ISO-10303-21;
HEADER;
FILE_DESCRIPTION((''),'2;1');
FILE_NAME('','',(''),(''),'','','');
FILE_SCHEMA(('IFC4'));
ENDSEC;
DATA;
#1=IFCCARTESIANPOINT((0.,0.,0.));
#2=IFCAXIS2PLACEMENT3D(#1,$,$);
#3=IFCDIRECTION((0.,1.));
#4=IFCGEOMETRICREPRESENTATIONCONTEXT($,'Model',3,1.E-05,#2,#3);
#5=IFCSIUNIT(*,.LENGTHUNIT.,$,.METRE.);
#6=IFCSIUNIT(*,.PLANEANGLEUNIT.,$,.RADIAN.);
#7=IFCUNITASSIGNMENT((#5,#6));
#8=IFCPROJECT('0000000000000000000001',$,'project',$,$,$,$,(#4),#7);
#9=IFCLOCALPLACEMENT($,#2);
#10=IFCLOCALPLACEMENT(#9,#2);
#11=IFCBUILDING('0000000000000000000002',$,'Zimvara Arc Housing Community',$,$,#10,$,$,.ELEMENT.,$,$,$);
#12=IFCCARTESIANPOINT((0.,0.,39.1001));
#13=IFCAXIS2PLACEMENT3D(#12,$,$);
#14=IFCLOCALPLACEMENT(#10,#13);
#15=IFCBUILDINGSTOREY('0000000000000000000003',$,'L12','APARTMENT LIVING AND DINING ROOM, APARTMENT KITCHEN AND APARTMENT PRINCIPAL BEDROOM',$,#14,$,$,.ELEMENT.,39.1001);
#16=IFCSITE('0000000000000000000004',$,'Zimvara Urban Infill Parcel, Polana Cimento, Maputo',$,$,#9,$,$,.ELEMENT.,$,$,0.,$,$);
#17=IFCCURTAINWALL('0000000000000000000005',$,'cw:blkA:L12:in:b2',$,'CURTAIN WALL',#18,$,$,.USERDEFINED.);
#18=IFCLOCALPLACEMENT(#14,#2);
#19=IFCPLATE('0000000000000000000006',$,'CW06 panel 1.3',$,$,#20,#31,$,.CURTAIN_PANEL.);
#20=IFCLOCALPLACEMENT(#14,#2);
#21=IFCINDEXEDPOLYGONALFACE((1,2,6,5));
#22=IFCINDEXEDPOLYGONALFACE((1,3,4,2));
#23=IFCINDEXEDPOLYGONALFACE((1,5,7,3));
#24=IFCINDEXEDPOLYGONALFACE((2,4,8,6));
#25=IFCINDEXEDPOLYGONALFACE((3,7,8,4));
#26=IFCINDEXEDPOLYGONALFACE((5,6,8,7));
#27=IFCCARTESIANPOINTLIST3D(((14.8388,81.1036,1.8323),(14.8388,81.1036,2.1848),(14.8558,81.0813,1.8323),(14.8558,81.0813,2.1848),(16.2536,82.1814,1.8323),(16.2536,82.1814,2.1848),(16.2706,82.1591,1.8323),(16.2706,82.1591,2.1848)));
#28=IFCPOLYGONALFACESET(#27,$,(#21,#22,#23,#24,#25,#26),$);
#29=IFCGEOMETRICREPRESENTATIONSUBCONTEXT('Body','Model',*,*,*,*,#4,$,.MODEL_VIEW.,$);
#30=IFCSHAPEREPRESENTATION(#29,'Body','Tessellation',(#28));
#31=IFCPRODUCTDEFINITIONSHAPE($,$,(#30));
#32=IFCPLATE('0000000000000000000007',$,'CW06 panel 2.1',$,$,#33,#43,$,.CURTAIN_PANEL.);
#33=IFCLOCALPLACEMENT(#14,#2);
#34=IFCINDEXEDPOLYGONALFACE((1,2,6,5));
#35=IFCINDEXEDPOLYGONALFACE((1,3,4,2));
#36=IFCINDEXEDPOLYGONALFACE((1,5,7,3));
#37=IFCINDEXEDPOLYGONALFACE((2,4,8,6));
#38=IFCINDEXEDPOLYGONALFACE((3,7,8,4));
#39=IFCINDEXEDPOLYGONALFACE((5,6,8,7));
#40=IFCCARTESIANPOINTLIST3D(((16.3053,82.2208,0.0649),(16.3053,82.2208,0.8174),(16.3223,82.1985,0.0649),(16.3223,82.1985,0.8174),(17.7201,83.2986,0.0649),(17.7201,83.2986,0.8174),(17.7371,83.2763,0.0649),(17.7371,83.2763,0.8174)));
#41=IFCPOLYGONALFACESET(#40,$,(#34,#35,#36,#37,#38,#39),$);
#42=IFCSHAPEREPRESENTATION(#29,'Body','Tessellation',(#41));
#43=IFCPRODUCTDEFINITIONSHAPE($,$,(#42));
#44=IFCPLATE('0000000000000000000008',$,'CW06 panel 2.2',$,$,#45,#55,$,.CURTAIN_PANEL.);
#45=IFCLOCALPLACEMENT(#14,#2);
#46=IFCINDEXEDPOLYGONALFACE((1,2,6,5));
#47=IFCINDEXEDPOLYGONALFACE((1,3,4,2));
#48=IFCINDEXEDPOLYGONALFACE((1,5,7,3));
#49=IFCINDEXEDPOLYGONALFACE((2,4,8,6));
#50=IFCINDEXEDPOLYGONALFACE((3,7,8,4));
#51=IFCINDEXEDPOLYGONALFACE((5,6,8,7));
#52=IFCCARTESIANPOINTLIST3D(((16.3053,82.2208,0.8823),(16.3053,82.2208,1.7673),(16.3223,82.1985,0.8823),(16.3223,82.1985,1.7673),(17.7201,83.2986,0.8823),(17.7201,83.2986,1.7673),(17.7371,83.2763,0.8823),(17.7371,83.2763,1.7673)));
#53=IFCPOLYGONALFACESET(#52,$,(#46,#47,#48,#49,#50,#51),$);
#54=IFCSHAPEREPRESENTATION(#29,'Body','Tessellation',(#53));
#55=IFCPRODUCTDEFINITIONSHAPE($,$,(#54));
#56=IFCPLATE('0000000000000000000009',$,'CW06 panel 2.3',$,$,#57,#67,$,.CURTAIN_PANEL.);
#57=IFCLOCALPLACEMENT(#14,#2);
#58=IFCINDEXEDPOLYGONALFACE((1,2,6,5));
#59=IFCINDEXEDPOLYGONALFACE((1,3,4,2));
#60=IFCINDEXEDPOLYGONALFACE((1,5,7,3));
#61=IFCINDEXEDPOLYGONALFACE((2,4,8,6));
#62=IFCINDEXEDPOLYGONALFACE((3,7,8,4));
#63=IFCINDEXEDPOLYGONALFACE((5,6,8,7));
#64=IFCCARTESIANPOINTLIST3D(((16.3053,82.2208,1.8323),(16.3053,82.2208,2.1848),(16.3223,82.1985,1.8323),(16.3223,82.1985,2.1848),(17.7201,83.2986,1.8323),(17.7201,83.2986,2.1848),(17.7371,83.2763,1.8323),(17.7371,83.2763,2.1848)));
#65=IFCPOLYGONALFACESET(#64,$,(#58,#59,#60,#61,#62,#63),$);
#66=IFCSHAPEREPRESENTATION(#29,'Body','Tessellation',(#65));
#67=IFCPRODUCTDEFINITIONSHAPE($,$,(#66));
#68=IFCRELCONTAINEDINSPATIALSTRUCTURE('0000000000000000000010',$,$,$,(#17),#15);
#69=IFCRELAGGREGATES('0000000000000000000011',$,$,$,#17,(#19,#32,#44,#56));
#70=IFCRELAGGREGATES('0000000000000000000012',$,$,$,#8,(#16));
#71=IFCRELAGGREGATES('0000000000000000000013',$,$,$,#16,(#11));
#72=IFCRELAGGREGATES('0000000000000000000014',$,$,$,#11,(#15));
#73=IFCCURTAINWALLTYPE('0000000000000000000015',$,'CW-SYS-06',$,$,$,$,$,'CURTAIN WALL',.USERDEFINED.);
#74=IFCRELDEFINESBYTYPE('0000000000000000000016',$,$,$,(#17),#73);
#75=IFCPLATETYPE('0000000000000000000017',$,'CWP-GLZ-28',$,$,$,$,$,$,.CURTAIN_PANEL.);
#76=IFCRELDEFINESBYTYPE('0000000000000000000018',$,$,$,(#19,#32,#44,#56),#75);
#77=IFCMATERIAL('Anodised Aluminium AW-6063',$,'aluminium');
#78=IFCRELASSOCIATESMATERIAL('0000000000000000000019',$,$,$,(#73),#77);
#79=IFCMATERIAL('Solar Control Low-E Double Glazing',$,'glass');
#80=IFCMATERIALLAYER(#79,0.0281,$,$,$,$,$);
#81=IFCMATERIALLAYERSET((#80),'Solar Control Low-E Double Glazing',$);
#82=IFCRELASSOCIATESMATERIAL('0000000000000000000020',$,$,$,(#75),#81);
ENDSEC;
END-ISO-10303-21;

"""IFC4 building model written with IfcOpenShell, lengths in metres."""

from ifc_helpers import new_model, si_unit, direction, frame, origin, origin_2d, place, context, subcontext, project, spatial, rectangle, extrude, material, layer, layer_set, type_object, element, aggregate, save


model = new_model("IFC4")

# Units and contexts
model_context = context("Model", 3, precision=1e-05, world=origin(), true_north=direction((0.0, 1.0)))
body_context = subcontext(model_context, "Body", "Model", "MODEL_VIEW")
ifc_project = project(units=[si_unit("LENGTHUNIT", "METRE"), si_unit("PLANEANGLEUNIT", "RADIAN")], contexts=[model_context])

# Site, building, storey
site_placement = place(None, origin())
site = spatial("IfcSite", under=ifc_project, at=site_placement, Name="Zimvara Urban Infill Parcel, Polana Cimento, Maputo", CompositionType="ELEMENT", RefElevation=0.0)
building_placement = place(site_placement, origin())
building = spatial("IfcBuilding", under=site, at=building_placement, Name="Zimvara Arc Housing Community", CompositionType="ELEMENT")
storey_placement = place(building_placement, frame((0.0, 0.0, 39.1001)))
storey = spatial("IfcBuildingStorey", under=building, at=storey_placement, Name="L12", Description="APARTMENT LIVING AND DINING ROOM, APARTMENT KITCHEN AND APARTMENT PRINCIPAL BEDROOM", CompositionType="ELEMENT", Elevation=39.1001)

# Curtain wall, plates
ifc_material_1 = material(Name="Anodised Aluminium AW-6063", Category="aluminium")
curtain_wall_type = type_object("IfcCurtainWallType", Name="CW-SYS-06", ElementType="CURTAIN WALL", PredefinedType="USERDEFINED", material=ifc_material_1)
curtain_wall_placement = place(storey_placement, origin())
curtain_wall = element("IfcCurtainWall", 1, at=curtain_wall_placement, inside=storey, type_object=curtain_wall_type, Name="cw:blkA:L12:in:b2", ObjectType="CURTAIN WALL", PredefinedType="USERDEFINED")
ifc_material_2 = material(Name="Solar Control Low-E Double Glazing", Category="glass")
ifc_layer = layer(ifc_material_2, 0.0281)
ifc_layer_set = layer_set([ifc_layer], Name="Solar Control Low-E Double Glazing")
plate_type = type_object("IfcPlateType", Name="CWP-GLZ-28", PredefinedType="CURTAIN_PANEL", material=ifc_layer_set)
plate_1_placement = place(storey_placement, frame((15.5547, 81.6313, 1.8323), z_axis=(0.0, 0.0, 1.0), x_axis=(0.795474, 0.605988, 0.0)))
plate_1 = element("IfcPlate", 2, at=plate_1_placement, type_object=plate_type, Name="CW06 panel 1.3", PredefinedType="CURTAIN_PANEL", context=body_context, shape_type="SweptSolid", body=[
    extrude(rectangle(XDim=1.7786, YDim=0.0281, at=origin_2d()), origin(), (0.0, 0.0, 1.0), 0.3525),
])
plate_2_placement = place(storey_placement, frame((17.0212, 82.7485, 0.0649), z_axis=(0.0, 0.0, 1.0), x_axis=(0.795474, 0.605988, 0.0)))
plate_2 = element("IfcPlate", 3, at=plate_2_placement, type_object=plate_type, Name="CW06 panel 2.1", PredefinedType="CURTAIN_PANEL", context=body_context, shape_type="SweptSolid", body=[
    extrude(rectangle(XDim=1.7786, YDim=0.0281, at=origin_2d()), origin(), (0.0, 0.0, 1.0), 0.7524),
])
plate_3_placement = place(storey_placement, frame((17.0212, 82.7485, 0.8823), z_axis=(0.0, 0.0, 1.0), x_axis=(0.795474, 0.605988, 0.0)))
plate_3 = element("IfcPlate", 4, at=plate_3_placement, type_object=plate_type, Name="CW06 panel 2.2", PredefinedType="CURTAIN_PANEL", context=body_context, shape_type="SweptSolid", body=[
    extrude(rectangle(XDim=1.7786, YDim=0.0281, at=origin_2d()), origin(), (0.0, 0.0, 1.0), 0.885),
])
plate_4_placement = place(storey_placement, frame((17.0212, 82.7485, 1.8323), z_axis=(0.0, 0.0, 1.0), x_axis=(0.795474, 0.605988, 0.0)))
plate_4 = element("IfcPlate", 5, at=plate_4_placement, type_object=plate_type, Name="CW06 panel 2.3", PredefinedType="CURTAIN_PANEL", context=body_context, shape_type="SweptSolid", body=[
    extrude(rectangle(XDim=1.7786, YDim=0.0281, at=origin_2d()), origin(), (0.0, 0.0, 1.0), 0.3525),
])
aggregate(curtain_wall, [plate_1, plate_2, plate_3, plate_4])

save(model, "model.ifc")
